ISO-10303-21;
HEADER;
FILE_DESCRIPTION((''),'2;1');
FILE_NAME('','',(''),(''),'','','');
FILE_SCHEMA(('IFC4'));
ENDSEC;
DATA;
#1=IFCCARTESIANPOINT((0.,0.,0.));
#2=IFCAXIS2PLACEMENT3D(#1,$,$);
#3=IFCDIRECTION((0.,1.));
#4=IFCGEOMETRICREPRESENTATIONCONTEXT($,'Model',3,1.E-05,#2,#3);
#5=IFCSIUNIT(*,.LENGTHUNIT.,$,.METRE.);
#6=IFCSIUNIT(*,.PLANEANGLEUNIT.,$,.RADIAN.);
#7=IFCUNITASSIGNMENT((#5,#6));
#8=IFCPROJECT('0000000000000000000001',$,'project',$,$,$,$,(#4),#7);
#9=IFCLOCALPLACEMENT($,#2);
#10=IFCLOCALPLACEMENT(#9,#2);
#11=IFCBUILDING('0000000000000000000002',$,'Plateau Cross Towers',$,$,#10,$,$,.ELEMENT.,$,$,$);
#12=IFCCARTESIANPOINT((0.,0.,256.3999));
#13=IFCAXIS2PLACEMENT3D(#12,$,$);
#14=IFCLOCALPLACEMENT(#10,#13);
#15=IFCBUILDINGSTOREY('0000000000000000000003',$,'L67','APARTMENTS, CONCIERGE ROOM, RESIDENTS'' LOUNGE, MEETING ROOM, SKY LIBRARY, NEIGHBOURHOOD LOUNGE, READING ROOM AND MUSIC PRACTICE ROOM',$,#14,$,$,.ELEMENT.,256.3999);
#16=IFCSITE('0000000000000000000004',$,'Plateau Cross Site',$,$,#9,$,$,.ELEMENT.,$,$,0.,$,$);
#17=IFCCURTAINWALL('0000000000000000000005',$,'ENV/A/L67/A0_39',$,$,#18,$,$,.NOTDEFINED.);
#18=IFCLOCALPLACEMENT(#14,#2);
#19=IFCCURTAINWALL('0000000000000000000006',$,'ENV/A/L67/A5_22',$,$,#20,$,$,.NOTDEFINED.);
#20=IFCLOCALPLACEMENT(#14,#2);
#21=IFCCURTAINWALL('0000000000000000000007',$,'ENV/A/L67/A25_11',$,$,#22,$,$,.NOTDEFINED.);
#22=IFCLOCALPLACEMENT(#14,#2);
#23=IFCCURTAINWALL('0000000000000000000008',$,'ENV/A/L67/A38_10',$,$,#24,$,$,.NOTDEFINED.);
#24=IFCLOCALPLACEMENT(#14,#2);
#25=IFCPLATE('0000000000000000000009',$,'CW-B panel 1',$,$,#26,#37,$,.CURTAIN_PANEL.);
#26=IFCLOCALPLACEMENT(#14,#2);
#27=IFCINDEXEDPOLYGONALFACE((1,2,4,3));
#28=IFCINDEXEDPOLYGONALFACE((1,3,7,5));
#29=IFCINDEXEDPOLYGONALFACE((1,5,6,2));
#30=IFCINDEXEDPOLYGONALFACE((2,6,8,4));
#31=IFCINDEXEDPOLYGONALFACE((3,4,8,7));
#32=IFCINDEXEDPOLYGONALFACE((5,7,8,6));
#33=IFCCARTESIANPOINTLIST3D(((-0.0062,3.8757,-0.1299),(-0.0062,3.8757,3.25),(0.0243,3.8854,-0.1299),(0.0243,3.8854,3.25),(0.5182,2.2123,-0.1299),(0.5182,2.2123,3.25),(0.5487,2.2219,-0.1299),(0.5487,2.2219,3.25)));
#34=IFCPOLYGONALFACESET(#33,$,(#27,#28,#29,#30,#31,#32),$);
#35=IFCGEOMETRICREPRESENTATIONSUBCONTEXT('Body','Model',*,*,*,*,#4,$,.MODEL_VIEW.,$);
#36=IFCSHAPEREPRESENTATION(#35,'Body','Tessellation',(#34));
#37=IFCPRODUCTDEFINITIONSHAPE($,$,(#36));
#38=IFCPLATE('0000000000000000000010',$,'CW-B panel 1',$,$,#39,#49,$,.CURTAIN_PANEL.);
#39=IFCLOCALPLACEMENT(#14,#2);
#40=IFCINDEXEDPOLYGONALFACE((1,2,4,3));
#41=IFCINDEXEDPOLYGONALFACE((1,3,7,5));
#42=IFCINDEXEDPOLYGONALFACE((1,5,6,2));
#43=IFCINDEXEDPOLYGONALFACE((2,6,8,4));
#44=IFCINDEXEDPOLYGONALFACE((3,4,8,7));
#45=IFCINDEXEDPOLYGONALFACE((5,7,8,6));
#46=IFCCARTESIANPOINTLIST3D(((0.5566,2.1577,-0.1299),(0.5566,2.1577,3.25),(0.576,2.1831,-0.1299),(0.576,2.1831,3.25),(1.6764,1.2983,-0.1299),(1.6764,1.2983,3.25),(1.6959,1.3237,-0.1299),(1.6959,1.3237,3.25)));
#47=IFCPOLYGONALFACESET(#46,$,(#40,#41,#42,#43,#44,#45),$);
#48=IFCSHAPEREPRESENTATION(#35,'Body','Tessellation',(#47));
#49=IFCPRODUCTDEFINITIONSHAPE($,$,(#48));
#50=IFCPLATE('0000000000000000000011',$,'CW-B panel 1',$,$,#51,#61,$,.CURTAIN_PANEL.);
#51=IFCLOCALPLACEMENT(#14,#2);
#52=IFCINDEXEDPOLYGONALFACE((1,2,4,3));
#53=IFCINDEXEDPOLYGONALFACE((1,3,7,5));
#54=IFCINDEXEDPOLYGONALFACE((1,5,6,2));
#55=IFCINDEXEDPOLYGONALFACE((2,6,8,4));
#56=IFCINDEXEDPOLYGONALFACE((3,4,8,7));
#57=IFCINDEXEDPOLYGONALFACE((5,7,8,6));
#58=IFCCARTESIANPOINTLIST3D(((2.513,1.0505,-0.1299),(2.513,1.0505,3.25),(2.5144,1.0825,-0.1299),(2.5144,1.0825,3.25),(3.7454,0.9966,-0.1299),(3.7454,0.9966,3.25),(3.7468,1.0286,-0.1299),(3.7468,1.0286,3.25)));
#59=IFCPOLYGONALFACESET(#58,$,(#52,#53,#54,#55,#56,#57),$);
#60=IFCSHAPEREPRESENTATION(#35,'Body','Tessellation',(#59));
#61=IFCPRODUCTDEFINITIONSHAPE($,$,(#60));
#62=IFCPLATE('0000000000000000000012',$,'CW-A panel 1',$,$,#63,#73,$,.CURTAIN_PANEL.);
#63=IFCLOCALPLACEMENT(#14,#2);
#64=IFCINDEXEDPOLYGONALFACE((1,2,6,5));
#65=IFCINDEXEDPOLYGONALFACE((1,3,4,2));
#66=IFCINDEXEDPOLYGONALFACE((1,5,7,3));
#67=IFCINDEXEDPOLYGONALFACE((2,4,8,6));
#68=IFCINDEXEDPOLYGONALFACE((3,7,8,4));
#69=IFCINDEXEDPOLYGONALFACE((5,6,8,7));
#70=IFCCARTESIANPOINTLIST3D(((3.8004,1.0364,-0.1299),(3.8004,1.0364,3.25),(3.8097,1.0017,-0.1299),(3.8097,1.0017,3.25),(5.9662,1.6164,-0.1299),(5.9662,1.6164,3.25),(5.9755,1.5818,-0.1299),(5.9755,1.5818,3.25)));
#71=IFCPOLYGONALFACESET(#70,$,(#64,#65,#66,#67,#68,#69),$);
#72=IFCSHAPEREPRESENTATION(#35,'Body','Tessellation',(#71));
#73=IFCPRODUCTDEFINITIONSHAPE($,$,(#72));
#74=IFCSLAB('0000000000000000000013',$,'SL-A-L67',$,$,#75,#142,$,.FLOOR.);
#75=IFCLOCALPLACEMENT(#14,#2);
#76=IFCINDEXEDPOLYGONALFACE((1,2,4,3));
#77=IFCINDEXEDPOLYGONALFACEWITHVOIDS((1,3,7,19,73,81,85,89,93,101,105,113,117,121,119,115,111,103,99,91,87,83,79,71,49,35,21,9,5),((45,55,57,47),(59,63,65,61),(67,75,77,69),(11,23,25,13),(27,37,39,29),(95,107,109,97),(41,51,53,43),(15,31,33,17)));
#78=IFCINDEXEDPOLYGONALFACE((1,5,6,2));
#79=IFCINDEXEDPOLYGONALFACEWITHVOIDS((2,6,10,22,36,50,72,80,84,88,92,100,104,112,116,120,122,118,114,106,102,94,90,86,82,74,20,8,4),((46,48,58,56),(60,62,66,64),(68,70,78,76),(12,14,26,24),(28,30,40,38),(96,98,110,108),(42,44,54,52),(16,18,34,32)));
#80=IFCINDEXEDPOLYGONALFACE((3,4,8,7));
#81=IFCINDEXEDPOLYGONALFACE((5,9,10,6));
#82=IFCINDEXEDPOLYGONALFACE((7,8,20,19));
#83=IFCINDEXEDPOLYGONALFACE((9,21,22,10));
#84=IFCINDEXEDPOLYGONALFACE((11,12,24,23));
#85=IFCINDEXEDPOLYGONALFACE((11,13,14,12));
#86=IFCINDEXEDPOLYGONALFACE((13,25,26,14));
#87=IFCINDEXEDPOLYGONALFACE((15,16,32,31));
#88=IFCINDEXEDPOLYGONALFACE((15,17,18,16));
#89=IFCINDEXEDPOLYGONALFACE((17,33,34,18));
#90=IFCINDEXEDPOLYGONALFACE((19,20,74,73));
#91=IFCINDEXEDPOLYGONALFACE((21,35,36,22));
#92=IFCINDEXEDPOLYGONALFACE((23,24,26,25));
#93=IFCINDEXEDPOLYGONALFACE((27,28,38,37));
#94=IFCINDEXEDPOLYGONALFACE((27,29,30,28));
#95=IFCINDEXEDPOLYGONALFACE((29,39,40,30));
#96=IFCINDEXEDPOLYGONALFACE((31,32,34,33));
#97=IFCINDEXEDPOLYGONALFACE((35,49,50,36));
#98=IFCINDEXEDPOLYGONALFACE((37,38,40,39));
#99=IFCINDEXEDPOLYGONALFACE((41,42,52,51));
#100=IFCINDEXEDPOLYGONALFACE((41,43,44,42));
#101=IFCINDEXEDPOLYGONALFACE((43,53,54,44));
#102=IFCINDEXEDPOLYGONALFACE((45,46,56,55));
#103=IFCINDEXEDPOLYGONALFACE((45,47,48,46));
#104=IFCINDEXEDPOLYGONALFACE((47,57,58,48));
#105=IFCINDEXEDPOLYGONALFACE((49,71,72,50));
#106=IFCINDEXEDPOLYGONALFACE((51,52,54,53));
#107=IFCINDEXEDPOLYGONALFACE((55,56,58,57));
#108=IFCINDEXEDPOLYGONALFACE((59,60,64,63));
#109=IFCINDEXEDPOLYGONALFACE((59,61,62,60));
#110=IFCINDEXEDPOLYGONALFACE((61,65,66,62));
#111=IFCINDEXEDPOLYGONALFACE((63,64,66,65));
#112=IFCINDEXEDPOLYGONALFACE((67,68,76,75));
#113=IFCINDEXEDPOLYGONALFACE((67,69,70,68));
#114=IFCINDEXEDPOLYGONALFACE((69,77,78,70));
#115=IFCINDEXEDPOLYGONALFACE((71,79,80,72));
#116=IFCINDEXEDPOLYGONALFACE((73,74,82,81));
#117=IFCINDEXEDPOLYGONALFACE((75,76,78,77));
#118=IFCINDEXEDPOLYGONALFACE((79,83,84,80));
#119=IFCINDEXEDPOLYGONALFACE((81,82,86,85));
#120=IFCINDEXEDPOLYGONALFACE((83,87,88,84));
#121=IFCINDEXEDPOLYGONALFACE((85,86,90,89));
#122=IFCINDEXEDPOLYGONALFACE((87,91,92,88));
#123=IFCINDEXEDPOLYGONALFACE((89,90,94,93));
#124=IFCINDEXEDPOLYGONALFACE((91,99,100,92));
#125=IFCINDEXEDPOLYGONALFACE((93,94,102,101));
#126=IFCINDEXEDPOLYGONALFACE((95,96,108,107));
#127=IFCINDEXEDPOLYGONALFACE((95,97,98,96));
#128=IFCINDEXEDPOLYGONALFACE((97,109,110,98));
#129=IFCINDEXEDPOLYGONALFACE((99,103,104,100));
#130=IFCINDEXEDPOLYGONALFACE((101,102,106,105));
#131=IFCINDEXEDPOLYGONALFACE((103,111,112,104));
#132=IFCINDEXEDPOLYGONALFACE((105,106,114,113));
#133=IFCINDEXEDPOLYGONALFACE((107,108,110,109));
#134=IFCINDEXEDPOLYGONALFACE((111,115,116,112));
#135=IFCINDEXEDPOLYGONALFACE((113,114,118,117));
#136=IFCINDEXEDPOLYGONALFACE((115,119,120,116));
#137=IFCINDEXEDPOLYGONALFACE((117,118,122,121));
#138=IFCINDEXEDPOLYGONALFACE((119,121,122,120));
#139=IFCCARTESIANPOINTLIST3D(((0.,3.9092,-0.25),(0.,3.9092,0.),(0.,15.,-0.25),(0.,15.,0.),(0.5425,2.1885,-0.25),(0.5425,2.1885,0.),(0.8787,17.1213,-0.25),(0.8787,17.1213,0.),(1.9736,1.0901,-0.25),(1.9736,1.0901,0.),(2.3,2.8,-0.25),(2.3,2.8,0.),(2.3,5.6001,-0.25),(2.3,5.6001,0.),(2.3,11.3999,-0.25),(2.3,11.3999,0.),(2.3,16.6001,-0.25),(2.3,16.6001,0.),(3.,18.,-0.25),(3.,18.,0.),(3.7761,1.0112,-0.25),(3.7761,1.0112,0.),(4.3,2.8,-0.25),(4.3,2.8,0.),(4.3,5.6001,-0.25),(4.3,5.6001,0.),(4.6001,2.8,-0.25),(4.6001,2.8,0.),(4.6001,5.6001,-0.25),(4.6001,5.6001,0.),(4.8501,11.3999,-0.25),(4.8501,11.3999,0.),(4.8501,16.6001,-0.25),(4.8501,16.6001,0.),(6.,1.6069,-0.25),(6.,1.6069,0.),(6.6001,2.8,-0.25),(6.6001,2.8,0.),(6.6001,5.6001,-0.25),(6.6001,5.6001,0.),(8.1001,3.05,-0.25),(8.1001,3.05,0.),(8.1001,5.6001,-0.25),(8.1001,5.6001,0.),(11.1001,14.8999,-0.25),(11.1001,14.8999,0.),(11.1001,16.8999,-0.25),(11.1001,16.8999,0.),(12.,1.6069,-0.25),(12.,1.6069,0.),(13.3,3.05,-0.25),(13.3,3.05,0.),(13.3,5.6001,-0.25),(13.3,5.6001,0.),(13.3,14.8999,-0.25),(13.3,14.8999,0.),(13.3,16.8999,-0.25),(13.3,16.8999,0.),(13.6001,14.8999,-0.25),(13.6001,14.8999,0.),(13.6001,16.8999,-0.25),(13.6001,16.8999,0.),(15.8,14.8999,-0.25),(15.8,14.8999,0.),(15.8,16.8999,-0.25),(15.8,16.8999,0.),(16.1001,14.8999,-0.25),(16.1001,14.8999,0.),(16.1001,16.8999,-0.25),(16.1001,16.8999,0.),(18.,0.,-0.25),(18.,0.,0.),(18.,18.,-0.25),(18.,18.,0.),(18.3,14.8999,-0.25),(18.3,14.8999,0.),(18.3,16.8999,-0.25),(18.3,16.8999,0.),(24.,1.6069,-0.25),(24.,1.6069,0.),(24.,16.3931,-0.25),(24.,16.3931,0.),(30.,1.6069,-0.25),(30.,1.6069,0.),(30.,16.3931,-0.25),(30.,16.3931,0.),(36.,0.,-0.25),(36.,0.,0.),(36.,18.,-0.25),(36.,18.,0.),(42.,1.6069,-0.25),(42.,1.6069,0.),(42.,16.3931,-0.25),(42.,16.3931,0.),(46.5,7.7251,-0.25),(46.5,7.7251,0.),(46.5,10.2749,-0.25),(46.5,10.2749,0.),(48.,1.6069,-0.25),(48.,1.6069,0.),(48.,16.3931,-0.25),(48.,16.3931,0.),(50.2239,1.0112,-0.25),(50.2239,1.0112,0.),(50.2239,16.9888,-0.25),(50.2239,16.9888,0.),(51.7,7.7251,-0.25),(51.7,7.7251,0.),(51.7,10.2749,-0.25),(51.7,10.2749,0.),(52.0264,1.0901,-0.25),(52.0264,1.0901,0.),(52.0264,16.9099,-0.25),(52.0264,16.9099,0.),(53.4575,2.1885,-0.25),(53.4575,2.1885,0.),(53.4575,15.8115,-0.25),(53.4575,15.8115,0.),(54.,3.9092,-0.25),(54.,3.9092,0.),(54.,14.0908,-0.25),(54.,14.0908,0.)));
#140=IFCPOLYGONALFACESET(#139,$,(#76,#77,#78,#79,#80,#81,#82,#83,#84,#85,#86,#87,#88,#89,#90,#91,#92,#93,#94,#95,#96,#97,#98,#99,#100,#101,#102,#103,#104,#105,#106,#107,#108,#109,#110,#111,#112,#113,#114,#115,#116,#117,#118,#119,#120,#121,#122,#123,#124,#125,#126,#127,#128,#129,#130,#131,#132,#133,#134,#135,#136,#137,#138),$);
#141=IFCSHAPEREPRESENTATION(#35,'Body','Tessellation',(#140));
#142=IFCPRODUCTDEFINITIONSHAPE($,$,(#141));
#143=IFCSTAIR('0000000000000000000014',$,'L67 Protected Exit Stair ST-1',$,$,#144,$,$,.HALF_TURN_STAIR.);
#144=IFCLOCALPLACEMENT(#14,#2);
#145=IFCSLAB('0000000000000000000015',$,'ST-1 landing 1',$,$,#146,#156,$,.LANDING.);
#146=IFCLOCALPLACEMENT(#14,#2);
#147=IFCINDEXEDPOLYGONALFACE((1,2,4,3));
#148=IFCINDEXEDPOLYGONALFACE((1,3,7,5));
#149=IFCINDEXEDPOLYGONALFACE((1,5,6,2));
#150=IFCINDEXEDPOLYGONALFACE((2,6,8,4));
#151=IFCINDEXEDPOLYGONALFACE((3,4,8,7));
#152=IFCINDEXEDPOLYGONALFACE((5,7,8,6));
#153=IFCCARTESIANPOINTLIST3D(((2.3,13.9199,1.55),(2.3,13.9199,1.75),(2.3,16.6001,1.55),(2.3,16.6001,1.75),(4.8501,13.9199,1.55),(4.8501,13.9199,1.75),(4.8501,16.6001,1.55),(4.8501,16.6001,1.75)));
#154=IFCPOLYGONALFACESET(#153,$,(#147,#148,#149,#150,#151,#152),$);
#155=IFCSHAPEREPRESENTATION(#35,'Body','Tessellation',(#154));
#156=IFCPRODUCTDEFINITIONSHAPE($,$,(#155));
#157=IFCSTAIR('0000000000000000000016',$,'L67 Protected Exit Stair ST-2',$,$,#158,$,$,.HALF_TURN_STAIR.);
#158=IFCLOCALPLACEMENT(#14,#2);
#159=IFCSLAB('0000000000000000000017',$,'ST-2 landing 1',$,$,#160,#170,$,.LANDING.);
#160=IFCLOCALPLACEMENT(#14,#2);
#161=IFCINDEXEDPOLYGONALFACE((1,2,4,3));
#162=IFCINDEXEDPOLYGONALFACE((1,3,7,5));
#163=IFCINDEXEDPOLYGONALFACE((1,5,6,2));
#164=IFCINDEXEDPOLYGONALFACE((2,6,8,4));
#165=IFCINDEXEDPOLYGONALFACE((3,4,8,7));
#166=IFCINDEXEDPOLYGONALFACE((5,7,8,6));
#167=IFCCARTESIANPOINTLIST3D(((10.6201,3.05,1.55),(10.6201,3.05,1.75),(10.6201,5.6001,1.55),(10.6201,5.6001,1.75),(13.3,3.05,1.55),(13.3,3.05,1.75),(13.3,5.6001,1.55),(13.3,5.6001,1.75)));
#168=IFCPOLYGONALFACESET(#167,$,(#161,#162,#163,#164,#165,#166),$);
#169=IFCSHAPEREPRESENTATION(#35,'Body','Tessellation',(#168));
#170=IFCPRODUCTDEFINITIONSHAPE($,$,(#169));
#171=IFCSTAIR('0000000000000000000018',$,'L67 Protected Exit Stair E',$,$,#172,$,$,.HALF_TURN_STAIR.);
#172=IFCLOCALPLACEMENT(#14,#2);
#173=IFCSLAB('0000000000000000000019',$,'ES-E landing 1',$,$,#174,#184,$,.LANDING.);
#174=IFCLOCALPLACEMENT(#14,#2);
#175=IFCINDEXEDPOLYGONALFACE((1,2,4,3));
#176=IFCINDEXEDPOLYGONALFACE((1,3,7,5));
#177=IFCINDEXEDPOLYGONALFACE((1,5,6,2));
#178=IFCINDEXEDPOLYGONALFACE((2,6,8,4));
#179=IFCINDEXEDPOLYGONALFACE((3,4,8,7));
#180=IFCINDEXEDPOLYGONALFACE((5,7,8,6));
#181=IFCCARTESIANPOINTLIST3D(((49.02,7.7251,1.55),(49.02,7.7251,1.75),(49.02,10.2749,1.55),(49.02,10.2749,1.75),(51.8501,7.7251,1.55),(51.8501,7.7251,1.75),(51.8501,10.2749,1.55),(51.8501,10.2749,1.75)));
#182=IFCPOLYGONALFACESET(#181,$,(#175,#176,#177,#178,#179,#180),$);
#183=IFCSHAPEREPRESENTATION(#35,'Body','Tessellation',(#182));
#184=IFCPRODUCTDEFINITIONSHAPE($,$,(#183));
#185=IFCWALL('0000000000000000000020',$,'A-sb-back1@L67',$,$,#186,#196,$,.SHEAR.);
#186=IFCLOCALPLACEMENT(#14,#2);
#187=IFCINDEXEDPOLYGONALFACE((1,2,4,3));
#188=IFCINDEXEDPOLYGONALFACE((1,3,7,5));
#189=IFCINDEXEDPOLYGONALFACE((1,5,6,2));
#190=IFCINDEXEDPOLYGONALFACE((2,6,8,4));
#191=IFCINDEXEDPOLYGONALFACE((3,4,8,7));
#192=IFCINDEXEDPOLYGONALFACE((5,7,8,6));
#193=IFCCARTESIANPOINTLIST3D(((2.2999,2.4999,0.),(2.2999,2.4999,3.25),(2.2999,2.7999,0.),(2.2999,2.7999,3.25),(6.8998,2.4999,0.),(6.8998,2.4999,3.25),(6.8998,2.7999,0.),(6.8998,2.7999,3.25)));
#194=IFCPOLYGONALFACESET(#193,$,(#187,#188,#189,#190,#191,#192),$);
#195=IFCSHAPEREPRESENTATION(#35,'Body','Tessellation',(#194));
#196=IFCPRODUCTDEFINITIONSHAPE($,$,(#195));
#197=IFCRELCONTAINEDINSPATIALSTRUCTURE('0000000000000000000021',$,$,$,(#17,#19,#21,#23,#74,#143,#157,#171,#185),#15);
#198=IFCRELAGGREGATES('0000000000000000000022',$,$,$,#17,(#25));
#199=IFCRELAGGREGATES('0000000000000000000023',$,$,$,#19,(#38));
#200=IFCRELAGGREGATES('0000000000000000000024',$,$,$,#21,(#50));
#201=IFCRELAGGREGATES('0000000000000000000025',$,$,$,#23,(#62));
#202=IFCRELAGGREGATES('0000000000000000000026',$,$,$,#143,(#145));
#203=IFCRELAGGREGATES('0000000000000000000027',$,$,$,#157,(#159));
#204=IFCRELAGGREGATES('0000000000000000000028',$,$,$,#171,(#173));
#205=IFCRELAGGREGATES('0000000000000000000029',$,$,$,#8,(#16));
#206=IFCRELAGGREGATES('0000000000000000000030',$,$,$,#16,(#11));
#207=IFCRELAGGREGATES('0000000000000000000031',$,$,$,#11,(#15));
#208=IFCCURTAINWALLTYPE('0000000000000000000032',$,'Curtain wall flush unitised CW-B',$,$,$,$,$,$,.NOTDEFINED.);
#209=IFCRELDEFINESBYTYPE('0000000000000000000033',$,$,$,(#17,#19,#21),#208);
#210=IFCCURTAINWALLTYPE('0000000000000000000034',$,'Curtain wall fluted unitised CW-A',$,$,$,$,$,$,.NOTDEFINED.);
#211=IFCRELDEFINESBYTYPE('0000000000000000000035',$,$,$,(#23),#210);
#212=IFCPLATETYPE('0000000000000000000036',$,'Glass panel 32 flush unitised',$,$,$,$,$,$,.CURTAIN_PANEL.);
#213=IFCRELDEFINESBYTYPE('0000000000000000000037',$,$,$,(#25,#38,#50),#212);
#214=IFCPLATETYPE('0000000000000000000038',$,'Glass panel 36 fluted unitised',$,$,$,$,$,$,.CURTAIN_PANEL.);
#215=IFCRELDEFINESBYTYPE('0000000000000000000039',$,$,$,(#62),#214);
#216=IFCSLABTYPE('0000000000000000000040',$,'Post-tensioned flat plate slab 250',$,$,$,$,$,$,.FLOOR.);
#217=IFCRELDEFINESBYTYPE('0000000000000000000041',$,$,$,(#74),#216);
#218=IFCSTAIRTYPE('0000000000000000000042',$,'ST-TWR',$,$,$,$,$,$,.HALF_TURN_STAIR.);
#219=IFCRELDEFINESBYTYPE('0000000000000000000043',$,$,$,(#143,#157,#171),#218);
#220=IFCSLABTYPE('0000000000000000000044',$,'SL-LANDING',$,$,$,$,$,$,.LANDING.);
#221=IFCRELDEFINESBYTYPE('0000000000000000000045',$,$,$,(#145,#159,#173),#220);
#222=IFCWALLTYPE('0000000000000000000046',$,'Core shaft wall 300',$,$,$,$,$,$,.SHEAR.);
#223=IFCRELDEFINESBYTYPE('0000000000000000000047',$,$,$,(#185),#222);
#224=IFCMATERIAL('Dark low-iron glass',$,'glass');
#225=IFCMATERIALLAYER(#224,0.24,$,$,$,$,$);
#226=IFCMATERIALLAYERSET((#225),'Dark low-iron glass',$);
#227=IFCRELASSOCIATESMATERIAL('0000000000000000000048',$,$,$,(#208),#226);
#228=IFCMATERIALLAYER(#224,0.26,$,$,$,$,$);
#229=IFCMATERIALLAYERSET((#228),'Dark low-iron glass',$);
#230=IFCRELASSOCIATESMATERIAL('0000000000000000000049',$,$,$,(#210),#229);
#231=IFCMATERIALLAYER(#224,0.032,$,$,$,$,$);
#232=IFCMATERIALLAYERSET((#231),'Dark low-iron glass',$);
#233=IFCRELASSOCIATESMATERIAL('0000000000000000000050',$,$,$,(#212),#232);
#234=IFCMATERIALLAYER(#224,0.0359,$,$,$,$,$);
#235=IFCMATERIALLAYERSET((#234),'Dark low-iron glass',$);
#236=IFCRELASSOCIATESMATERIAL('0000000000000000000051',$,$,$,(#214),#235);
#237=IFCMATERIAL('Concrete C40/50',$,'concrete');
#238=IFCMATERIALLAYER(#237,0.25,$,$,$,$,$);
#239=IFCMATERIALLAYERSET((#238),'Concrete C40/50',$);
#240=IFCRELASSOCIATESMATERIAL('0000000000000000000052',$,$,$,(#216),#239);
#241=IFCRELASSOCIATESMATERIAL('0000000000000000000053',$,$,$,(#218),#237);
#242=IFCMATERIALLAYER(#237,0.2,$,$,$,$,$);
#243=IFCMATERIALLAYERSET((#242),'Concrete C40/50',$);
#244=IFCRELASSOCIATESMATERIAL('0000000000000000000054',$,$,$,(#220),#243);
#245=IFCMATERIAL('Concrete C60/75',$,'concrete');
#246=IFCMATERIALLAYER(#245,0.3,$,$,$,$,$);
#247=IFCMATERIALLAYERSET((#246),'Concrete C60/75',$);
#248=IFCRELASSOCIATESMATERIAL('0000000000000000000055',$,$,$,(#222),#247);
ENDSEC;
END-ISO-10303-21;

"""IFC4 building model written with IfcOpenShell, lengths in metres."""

from ifc_helpers import new_model, si_unit, direction, frame, frame_2d, origin, origin_2d, place, context, subcontext, project, spatial, polyline, rectangle, outline, extrude, material, layer, layer_set, type_object, element, aggregate, save


model = new_model("IFC4")

# Units and contexts
model_context = context("Model", 3, precision=1e-05, world=origin(), true_north=direction((0.0, 1.0)))
body_context = subcontext(model_context, "Body", "Model", "MODEL_VIEW")
ifc_project = project(units=[si_unit("LENGTHUNIT", "METRE"), si_unit("PLANEANGLEUNIT", "RADIAN")], contexts=[model_context])

# Site, building, storey
site_placement = place(None, origin())
site = spatial("IfcSite", under=ifc_project, at=site_placement, Name="Plateau Cross Site", CompositionType="ELEMENT", RefElevation=0.0)
building_placement = place(site_placement, origin())
building = spatial("IfcBuilding", under=site, at=building_placement, Name="Plateau Cross Towers", CompositionType="ELEMENT")
storey_placement = place(building_placement, frame((0.0, 0.0, 256.3999)))
storey = spatial("IfcBuildingStorey", under=building, at=storey_placement, Name="L67", Description="APARTMENTS, CONCIERGE ROOM, RESIDENTS' LOUNGE, MEETING ROOM, SKY LIBRARY, NEIGHBOURHOOD LOUNGE, READING ROOM AND MUSIC PRACTICE ROOM", CompositionType="ELEMENT", Elevation=256.3999)

# Shared definitions
ifc_material_1 = material(Name="Concrete C60/75", Category="concrete")

# Curtain wall
ifc_material_2 = material(Name="Dark low-iron glass", Category="glass")
ifc_layer_1 = layer(ifc_material_2, 0.24)
ifc_layer_set_1 = layer_set([ifc_layer_1], Name="Dark low-iron glass")
curtain_wall_type_1 = type_object("IfcCurtainWallType", Name="Curtain wall flush unitised CW-B", PredefinedType="NOTDEFINED", material=ifc_layer_set_1)
curtain_wall_1_placement = place(storey_placement, origin())
curtain_wall_1 = element("IfcCurtainWall", 1, at=curtain_wall_1_placement, inside=storey, type_object=curtain_wall_type_1, Name="ENV/A/L67/A0_39", PredefinedType="NOTDEFINED")

# Curtain wall
curtain_wall_2_placement = place(storey_placement, origin())
curtain_wall_2 = element("IfcCurtainWall", 2, at=curtain_wall_2_placement, inside=storey, type_object=curtain_wall_type_1, Name="ENV/A/L67/A5_22", PredefinedType="NOTDEFINED")

# Curtain walls
curtain_wall_3_placement = place(storey_placement, origin())
curtain_wall_3 = element("IfcCurtainWall", 3, at=curtain_wall_3_placement, inside=storey, type_object=curtain_wall_type_1, Name="ENV/A/L67/A25_11", PredefinedType="NOTDEFINED")
ifc_layer_2 = layer(ifc_material_2, 0.26)
ifc_layer_set_2 = layer_set([ifc_layer_2], Name="Dark low-iron glass")
curtain_wall_type_2 = type_object("IfcCurtainWallType", Name="Curtain wall fluted unitised CW-A", PredefinedType="NOTDEFINED", material=ifc_layer_set_2)
curtain_wall_4_placement = place(storey_placement, origin())
curtain_wall_4 = element("IfcCurtainWall", 4, at=curtain_wall_4_placement, inside=storey, type_object=curtain_wall_type_2, Name="ENV/A/L67/A38_10", PredefinedType="NOTDEFINED")

# Plates
ifc_layer_3 = layer(ifc_material_2, 0.032)
ifc_layer_set_3 = layer_set([ifc_layer_3], Name="Dark low-iron glass")
plate_type_1 = type_object("IfcPlateType", Name="Glass panel 32 flush unitised", PredefinedType="CURTAIN_PANEL", material=ifc_layer_set_3)
plate_1_placement = place(storey_placement, frame((0.2712, 3.0488, -0.1299), z_axis=(0.0, 0.0, 1.0), x_axis=(0.300686, -0.953723, 0.0)))
plate_1 = element("IfcPlate", 5, at=plate_1_placement, type_object=plate_type_1, Name="CW-B panel 1", PredefinedType="CURTAIN_PANEL", context=body_context, shape_type="SweptSolid", body=[
    extrude(rectangle(XDim=1.7441, YDim=0.032, at=origin_2d()), origin(), (0.0, 0.0, 1.0), 3.3799),
])
aggregate(curtain_wall_1, [plate_1])
plate_2_placement = place(storey_placement, frame((1.1262, 1.7407, -0.1299), z_axis=(0.0, 0.0, 1.0), x_axis=(0.793316, -0.608811, 0.0)))
plate_2 = element("IfcPlate", 6, at=plate_2_placement, type_object=plate_type_1, Name="CW-B panel 1", PredefinedType="CURTAIN_PANEL", context=body_context, shape_type="SweptSolid", body=[
    extrude(rectangle(XDim=1.4116, YDim=0.032, at=origin_2d()), origin(), (0.0, 0.0, 1.0), 3.3799),
])
aggregate(curtain_wall_2, [plate_2])
plate_3_placement = place(storey_placement, frame((3.1299, 1.0396, -0.1299), z_axis=(0.0, 0.0, 1.0), x_axis=(0.999044, -0.043723, 0.0)))
plate_3 = element("IfcPlate", 7, at=plate_3_placement, type_object=plate_type_1, Name="CW-B panel 1", PredefinedType="CURTAIN_PANEL", context=body_context, shape_type="SweptSolid", body=[
    extrude(rectangle(XDim=1.2336, YDim=0.032, at=origin_2d()), origin(), (0.0, 0.0, 1.0), 3.3799),
])
aggregate(curtain_wall_3, [plate_3])
ifc_layer_4 = layer(ifc_material_2, 0.0359)
ifc_layer_set_4 = layer_set([ifc_layer_4], Name="Dark low-iron glass")
plate_type_2 = type_object("IfcPlateType", Name="Glass panel 36 fluted unitised", PredefinedType="CURTAIN_PANEL", material=ifc_layer_set_4)
plate_4_placement = place(storey_placement, frame((4.8879, 1.3091, -0.1299), z_axis=(0.0, 0.0, 1.0), x_axis=(0.965958, 0.258699, 0.0)))
plate_4 = element("IfcPlate", 8, at=plate_4_placement, type_object=plate_type_2, Name="CW-A panel 1", PredefinedType="CURTAIN_PANEL", context=body_context, shape_type="SweptSolid", body=[
    extrude(rectangle(XDim=2.2422, YDim=0.0359, at=origin_2d()), origin(), (0.0, 0.0, 1.0), 3.3799),
])
aggregate(curtain_wall_4, [plate_4])

# Slab
ifc_material_3 = material(Name="Concrete C40/50", Category="concrete")
ifc_layer_5 = layer(ifc_material_3, 0.25)
ifc_layer_set_5 = layer_set([ifc_layer_5], Name="Concrete C40/50")
slab_type_1 = type_object("IfcSlabType", Name="Post-tensioned flat plate slab 250", PredefinedType="FLOOR", material=ifc_layer_set_5)
slab_1_placement = place(storey_placement, frame((0.0, 0.0, -0.25)))
element("IfcSlab", 9, at=slab_1_placement, inside=storey, type_object=slab_type_1, Name="SL-A-L67", PredefinedType="FLOOR", context=body_context, shape_type="SweptSolid", body=[
    extrude(outline(polyline([(1.9736, 1.0901), (0.5425, 2.1885), (0.0, 3.9092), (0.0, 15.0), (0.8787, 17.1213), (3.0, 18.0), (18.0, 18.0), (24.0, 16.3931), (30.0, 16.3931), (36.0, 18.0), (42.0, 16.3931), (48.0, 16.3931), (50.2239, 16.9888), (52.0264, 16.9099), (53.4575, 15.8115), (54.0, 14.0908), (54.0, 3.9092), (53.4575, 2.1885), (52.0264, 1.0901), (50.2239, 1.0112), (48.0, 1.6069), (42.0, 1.6069), (36.0, 0.0), (30.0, 1.6069), (24.0, 1.6069), (18.0, 0.0), (12.0, 1.6069), (6.0, 1.6069), (3.7761, 1.0112), (1.9736, 1.0901)]), holes=[polyline([(4.3, 5.6001), (2.3, 5.6001), (2.3, 2.8), (4.3, 2.8), (4.3, 5.6001)]), polyline([(6.6001, 5.6001), (4.6001, 5.6001), (4.6001, 2.8), (6.6001, 2.8), (6.6001, 5.6001)]), polyline([(13.3, 5.6001), (8.1001, 5.6001), (8.1001, 3.05), (13.3, 3.05), (13.3, 5.6001)]), polyline([(51.7, 10.2749), (46.5, 10.2749), (46.5, 7.7251), (51.7, 7.7251), (51.7, 10.2749)]), polyline([(2.3, 16.6001), (2.3, 11.3999), (4.8501, 11.3999), (4.8501, 16.6001), (2.3, 16.6001)]), polyline([(13.3, 16.8999), (11.1001, 16.8999), (11.1001, 14.8999), (13.3, 14.8999), (13.3, 16.8999)]), polyline([(15.8, 16.8999), (13.6001, 16.8999), (13.6001, 14.8999), (15.8, 14.8999), (15.8, 16.8999)]), polyline([(18.3, 16.8999), (16.1001, 16.8999), (16.1001, 14.8999), (18.3, 14.8999), (18.3, 16.8999)])]), origin(), (0.0, 0.0, 1.0), 0.25),
])

# Stairs, slabs
stair_type = type_object("IfcStairType", Name="ST-TWR", PredefinedType="HALF_TURN_STAIR", material=ifc_material_3)
stair_1_placement = place(storey_placement, origin())
stair_1 = element("IfcStair", 10, at=stair_1_placement, inside=storey, type_object=stair_type, Name="L67 Protected Exit Stair ST-1", PredefinedType="HALF_TURN_STAIR")
ifc_layer_6 = layer(ifc_material_3, 0.2)
ifc_layer_set_6 = layer_set([ifc_layer_6], Name="Concrete C40/50")
slab_type_2 = type_object("IfcSlabType", Name="SL-LANDING", PredefinedType="LANDING", material=ifc_layer_set_6)
slab_2_placement = place(storey_placement, frame((0.0, 0.0, 1.55)))
slab_2 = element("IfcSlab", 11, at=slab_2_placement, type_object=slab_type_2, Name="ST-1 landing 1", PredefinedType="LANDING", context=body_context, shape_type="SweptSolid", body=[
    extrude(outline(polyline([(4.8501, 13.9199), (4.8501, 16.6001), (2.3, 16.6001), (2.3, 13.9199), (4.8501, 13.9199)])), origin(), (0.0, 0.0, 1.0), 0.2),
])
aggregate(stair_1, [slab_2])
stair_2_placement = place(storey_placement, origin())
stair_2 = element("IfcStair", 12, at=stair_2_placement, inside=storey, type_object=stair_type, Name="L67 Protected Exit Stair ST-2", PredefinedType="HALF_TURN_STAIR")
slab_3_placement = place(storey_placement, frame((0.0, 0.0, 1.55)))
slab_3 = element("IfcSlab", 13, at=slab_3_placement, type_object=slab_type_2, Name="ST-2 landing 1", PredefinedType="LANDING", context=body_context, shape_type="SweptSolid", body=[
    extrude(outline(polyline([(10.6201, 3.05), (13.3, 3.05), (13.3, 5.6001), (10.6201, 5.6001), (10.6201, 3.05)])), origin(), (0.0, 0.0, 1.0), 0.2),
])
aggregate(stair_2, [slab_3])
stair_3_placement = place(storey_placement, origin())
stair_3 = element("IfcStair", 14, at=stair_3_placement, inside=storey, type_object=stair_type, Name="L67 Protected Exit Stair E", PredefinedType="HALF_TURN_STAIR")
slab_4_placement = place(storey_placement, frame((0.0, 0.0, 1.55)))
slab_4 = element("IfcSlab", 15, at=slab_4_placement, type_object=slab_type_2, Name="ES-E landing 1", PredefinedType="LANDING", context=body_context, shape_type="SweptSolid", body=[
    extrude(outline(polyline([(49.02, 7.7251), (51.8501, 7.7251), (51.8501, 10.2749), (49.02, 10.2749), (49.02, 7.7251)])), origin(), (0.0, 0.0, 1.0), 0.2),
])
aggregate(stair_3, [slab_4])

# Wall
ifc_layer_7 = layer(ifc_material_1, 0.3)
ifc_layer_set_7 = layer_set([ifc_layer_7], Name="Concrete C60/75")
wall_type_1 = type_object("IfcWallType", Name="Core shaft wall 300", PredefinedType="SHEAR", material=ifc_layer_set_7)
wall_1_placement = place(storey_placement, frame((2.3, 2.6499, 0.0), z_axis=(0.0, 0.0, 1.0), x_axis=(1.0, 0.0, 0.0)))
element("IfcWall", 16, at=wall_1_placement, inside=storey, type_object=wall_type_1, Name="A-sb-back1@L67", PredefinedType="SHEAR", context=body_context, shape_type="SweptSolid", body=[
    extrude(rectangle(XDim=4.5999, YDim=0.3, at=frame_2d((2.2998, 0.0))), origin(), (0.0, 0.0, 1.0), 3.25),
])

save(model, "model.ifc")
